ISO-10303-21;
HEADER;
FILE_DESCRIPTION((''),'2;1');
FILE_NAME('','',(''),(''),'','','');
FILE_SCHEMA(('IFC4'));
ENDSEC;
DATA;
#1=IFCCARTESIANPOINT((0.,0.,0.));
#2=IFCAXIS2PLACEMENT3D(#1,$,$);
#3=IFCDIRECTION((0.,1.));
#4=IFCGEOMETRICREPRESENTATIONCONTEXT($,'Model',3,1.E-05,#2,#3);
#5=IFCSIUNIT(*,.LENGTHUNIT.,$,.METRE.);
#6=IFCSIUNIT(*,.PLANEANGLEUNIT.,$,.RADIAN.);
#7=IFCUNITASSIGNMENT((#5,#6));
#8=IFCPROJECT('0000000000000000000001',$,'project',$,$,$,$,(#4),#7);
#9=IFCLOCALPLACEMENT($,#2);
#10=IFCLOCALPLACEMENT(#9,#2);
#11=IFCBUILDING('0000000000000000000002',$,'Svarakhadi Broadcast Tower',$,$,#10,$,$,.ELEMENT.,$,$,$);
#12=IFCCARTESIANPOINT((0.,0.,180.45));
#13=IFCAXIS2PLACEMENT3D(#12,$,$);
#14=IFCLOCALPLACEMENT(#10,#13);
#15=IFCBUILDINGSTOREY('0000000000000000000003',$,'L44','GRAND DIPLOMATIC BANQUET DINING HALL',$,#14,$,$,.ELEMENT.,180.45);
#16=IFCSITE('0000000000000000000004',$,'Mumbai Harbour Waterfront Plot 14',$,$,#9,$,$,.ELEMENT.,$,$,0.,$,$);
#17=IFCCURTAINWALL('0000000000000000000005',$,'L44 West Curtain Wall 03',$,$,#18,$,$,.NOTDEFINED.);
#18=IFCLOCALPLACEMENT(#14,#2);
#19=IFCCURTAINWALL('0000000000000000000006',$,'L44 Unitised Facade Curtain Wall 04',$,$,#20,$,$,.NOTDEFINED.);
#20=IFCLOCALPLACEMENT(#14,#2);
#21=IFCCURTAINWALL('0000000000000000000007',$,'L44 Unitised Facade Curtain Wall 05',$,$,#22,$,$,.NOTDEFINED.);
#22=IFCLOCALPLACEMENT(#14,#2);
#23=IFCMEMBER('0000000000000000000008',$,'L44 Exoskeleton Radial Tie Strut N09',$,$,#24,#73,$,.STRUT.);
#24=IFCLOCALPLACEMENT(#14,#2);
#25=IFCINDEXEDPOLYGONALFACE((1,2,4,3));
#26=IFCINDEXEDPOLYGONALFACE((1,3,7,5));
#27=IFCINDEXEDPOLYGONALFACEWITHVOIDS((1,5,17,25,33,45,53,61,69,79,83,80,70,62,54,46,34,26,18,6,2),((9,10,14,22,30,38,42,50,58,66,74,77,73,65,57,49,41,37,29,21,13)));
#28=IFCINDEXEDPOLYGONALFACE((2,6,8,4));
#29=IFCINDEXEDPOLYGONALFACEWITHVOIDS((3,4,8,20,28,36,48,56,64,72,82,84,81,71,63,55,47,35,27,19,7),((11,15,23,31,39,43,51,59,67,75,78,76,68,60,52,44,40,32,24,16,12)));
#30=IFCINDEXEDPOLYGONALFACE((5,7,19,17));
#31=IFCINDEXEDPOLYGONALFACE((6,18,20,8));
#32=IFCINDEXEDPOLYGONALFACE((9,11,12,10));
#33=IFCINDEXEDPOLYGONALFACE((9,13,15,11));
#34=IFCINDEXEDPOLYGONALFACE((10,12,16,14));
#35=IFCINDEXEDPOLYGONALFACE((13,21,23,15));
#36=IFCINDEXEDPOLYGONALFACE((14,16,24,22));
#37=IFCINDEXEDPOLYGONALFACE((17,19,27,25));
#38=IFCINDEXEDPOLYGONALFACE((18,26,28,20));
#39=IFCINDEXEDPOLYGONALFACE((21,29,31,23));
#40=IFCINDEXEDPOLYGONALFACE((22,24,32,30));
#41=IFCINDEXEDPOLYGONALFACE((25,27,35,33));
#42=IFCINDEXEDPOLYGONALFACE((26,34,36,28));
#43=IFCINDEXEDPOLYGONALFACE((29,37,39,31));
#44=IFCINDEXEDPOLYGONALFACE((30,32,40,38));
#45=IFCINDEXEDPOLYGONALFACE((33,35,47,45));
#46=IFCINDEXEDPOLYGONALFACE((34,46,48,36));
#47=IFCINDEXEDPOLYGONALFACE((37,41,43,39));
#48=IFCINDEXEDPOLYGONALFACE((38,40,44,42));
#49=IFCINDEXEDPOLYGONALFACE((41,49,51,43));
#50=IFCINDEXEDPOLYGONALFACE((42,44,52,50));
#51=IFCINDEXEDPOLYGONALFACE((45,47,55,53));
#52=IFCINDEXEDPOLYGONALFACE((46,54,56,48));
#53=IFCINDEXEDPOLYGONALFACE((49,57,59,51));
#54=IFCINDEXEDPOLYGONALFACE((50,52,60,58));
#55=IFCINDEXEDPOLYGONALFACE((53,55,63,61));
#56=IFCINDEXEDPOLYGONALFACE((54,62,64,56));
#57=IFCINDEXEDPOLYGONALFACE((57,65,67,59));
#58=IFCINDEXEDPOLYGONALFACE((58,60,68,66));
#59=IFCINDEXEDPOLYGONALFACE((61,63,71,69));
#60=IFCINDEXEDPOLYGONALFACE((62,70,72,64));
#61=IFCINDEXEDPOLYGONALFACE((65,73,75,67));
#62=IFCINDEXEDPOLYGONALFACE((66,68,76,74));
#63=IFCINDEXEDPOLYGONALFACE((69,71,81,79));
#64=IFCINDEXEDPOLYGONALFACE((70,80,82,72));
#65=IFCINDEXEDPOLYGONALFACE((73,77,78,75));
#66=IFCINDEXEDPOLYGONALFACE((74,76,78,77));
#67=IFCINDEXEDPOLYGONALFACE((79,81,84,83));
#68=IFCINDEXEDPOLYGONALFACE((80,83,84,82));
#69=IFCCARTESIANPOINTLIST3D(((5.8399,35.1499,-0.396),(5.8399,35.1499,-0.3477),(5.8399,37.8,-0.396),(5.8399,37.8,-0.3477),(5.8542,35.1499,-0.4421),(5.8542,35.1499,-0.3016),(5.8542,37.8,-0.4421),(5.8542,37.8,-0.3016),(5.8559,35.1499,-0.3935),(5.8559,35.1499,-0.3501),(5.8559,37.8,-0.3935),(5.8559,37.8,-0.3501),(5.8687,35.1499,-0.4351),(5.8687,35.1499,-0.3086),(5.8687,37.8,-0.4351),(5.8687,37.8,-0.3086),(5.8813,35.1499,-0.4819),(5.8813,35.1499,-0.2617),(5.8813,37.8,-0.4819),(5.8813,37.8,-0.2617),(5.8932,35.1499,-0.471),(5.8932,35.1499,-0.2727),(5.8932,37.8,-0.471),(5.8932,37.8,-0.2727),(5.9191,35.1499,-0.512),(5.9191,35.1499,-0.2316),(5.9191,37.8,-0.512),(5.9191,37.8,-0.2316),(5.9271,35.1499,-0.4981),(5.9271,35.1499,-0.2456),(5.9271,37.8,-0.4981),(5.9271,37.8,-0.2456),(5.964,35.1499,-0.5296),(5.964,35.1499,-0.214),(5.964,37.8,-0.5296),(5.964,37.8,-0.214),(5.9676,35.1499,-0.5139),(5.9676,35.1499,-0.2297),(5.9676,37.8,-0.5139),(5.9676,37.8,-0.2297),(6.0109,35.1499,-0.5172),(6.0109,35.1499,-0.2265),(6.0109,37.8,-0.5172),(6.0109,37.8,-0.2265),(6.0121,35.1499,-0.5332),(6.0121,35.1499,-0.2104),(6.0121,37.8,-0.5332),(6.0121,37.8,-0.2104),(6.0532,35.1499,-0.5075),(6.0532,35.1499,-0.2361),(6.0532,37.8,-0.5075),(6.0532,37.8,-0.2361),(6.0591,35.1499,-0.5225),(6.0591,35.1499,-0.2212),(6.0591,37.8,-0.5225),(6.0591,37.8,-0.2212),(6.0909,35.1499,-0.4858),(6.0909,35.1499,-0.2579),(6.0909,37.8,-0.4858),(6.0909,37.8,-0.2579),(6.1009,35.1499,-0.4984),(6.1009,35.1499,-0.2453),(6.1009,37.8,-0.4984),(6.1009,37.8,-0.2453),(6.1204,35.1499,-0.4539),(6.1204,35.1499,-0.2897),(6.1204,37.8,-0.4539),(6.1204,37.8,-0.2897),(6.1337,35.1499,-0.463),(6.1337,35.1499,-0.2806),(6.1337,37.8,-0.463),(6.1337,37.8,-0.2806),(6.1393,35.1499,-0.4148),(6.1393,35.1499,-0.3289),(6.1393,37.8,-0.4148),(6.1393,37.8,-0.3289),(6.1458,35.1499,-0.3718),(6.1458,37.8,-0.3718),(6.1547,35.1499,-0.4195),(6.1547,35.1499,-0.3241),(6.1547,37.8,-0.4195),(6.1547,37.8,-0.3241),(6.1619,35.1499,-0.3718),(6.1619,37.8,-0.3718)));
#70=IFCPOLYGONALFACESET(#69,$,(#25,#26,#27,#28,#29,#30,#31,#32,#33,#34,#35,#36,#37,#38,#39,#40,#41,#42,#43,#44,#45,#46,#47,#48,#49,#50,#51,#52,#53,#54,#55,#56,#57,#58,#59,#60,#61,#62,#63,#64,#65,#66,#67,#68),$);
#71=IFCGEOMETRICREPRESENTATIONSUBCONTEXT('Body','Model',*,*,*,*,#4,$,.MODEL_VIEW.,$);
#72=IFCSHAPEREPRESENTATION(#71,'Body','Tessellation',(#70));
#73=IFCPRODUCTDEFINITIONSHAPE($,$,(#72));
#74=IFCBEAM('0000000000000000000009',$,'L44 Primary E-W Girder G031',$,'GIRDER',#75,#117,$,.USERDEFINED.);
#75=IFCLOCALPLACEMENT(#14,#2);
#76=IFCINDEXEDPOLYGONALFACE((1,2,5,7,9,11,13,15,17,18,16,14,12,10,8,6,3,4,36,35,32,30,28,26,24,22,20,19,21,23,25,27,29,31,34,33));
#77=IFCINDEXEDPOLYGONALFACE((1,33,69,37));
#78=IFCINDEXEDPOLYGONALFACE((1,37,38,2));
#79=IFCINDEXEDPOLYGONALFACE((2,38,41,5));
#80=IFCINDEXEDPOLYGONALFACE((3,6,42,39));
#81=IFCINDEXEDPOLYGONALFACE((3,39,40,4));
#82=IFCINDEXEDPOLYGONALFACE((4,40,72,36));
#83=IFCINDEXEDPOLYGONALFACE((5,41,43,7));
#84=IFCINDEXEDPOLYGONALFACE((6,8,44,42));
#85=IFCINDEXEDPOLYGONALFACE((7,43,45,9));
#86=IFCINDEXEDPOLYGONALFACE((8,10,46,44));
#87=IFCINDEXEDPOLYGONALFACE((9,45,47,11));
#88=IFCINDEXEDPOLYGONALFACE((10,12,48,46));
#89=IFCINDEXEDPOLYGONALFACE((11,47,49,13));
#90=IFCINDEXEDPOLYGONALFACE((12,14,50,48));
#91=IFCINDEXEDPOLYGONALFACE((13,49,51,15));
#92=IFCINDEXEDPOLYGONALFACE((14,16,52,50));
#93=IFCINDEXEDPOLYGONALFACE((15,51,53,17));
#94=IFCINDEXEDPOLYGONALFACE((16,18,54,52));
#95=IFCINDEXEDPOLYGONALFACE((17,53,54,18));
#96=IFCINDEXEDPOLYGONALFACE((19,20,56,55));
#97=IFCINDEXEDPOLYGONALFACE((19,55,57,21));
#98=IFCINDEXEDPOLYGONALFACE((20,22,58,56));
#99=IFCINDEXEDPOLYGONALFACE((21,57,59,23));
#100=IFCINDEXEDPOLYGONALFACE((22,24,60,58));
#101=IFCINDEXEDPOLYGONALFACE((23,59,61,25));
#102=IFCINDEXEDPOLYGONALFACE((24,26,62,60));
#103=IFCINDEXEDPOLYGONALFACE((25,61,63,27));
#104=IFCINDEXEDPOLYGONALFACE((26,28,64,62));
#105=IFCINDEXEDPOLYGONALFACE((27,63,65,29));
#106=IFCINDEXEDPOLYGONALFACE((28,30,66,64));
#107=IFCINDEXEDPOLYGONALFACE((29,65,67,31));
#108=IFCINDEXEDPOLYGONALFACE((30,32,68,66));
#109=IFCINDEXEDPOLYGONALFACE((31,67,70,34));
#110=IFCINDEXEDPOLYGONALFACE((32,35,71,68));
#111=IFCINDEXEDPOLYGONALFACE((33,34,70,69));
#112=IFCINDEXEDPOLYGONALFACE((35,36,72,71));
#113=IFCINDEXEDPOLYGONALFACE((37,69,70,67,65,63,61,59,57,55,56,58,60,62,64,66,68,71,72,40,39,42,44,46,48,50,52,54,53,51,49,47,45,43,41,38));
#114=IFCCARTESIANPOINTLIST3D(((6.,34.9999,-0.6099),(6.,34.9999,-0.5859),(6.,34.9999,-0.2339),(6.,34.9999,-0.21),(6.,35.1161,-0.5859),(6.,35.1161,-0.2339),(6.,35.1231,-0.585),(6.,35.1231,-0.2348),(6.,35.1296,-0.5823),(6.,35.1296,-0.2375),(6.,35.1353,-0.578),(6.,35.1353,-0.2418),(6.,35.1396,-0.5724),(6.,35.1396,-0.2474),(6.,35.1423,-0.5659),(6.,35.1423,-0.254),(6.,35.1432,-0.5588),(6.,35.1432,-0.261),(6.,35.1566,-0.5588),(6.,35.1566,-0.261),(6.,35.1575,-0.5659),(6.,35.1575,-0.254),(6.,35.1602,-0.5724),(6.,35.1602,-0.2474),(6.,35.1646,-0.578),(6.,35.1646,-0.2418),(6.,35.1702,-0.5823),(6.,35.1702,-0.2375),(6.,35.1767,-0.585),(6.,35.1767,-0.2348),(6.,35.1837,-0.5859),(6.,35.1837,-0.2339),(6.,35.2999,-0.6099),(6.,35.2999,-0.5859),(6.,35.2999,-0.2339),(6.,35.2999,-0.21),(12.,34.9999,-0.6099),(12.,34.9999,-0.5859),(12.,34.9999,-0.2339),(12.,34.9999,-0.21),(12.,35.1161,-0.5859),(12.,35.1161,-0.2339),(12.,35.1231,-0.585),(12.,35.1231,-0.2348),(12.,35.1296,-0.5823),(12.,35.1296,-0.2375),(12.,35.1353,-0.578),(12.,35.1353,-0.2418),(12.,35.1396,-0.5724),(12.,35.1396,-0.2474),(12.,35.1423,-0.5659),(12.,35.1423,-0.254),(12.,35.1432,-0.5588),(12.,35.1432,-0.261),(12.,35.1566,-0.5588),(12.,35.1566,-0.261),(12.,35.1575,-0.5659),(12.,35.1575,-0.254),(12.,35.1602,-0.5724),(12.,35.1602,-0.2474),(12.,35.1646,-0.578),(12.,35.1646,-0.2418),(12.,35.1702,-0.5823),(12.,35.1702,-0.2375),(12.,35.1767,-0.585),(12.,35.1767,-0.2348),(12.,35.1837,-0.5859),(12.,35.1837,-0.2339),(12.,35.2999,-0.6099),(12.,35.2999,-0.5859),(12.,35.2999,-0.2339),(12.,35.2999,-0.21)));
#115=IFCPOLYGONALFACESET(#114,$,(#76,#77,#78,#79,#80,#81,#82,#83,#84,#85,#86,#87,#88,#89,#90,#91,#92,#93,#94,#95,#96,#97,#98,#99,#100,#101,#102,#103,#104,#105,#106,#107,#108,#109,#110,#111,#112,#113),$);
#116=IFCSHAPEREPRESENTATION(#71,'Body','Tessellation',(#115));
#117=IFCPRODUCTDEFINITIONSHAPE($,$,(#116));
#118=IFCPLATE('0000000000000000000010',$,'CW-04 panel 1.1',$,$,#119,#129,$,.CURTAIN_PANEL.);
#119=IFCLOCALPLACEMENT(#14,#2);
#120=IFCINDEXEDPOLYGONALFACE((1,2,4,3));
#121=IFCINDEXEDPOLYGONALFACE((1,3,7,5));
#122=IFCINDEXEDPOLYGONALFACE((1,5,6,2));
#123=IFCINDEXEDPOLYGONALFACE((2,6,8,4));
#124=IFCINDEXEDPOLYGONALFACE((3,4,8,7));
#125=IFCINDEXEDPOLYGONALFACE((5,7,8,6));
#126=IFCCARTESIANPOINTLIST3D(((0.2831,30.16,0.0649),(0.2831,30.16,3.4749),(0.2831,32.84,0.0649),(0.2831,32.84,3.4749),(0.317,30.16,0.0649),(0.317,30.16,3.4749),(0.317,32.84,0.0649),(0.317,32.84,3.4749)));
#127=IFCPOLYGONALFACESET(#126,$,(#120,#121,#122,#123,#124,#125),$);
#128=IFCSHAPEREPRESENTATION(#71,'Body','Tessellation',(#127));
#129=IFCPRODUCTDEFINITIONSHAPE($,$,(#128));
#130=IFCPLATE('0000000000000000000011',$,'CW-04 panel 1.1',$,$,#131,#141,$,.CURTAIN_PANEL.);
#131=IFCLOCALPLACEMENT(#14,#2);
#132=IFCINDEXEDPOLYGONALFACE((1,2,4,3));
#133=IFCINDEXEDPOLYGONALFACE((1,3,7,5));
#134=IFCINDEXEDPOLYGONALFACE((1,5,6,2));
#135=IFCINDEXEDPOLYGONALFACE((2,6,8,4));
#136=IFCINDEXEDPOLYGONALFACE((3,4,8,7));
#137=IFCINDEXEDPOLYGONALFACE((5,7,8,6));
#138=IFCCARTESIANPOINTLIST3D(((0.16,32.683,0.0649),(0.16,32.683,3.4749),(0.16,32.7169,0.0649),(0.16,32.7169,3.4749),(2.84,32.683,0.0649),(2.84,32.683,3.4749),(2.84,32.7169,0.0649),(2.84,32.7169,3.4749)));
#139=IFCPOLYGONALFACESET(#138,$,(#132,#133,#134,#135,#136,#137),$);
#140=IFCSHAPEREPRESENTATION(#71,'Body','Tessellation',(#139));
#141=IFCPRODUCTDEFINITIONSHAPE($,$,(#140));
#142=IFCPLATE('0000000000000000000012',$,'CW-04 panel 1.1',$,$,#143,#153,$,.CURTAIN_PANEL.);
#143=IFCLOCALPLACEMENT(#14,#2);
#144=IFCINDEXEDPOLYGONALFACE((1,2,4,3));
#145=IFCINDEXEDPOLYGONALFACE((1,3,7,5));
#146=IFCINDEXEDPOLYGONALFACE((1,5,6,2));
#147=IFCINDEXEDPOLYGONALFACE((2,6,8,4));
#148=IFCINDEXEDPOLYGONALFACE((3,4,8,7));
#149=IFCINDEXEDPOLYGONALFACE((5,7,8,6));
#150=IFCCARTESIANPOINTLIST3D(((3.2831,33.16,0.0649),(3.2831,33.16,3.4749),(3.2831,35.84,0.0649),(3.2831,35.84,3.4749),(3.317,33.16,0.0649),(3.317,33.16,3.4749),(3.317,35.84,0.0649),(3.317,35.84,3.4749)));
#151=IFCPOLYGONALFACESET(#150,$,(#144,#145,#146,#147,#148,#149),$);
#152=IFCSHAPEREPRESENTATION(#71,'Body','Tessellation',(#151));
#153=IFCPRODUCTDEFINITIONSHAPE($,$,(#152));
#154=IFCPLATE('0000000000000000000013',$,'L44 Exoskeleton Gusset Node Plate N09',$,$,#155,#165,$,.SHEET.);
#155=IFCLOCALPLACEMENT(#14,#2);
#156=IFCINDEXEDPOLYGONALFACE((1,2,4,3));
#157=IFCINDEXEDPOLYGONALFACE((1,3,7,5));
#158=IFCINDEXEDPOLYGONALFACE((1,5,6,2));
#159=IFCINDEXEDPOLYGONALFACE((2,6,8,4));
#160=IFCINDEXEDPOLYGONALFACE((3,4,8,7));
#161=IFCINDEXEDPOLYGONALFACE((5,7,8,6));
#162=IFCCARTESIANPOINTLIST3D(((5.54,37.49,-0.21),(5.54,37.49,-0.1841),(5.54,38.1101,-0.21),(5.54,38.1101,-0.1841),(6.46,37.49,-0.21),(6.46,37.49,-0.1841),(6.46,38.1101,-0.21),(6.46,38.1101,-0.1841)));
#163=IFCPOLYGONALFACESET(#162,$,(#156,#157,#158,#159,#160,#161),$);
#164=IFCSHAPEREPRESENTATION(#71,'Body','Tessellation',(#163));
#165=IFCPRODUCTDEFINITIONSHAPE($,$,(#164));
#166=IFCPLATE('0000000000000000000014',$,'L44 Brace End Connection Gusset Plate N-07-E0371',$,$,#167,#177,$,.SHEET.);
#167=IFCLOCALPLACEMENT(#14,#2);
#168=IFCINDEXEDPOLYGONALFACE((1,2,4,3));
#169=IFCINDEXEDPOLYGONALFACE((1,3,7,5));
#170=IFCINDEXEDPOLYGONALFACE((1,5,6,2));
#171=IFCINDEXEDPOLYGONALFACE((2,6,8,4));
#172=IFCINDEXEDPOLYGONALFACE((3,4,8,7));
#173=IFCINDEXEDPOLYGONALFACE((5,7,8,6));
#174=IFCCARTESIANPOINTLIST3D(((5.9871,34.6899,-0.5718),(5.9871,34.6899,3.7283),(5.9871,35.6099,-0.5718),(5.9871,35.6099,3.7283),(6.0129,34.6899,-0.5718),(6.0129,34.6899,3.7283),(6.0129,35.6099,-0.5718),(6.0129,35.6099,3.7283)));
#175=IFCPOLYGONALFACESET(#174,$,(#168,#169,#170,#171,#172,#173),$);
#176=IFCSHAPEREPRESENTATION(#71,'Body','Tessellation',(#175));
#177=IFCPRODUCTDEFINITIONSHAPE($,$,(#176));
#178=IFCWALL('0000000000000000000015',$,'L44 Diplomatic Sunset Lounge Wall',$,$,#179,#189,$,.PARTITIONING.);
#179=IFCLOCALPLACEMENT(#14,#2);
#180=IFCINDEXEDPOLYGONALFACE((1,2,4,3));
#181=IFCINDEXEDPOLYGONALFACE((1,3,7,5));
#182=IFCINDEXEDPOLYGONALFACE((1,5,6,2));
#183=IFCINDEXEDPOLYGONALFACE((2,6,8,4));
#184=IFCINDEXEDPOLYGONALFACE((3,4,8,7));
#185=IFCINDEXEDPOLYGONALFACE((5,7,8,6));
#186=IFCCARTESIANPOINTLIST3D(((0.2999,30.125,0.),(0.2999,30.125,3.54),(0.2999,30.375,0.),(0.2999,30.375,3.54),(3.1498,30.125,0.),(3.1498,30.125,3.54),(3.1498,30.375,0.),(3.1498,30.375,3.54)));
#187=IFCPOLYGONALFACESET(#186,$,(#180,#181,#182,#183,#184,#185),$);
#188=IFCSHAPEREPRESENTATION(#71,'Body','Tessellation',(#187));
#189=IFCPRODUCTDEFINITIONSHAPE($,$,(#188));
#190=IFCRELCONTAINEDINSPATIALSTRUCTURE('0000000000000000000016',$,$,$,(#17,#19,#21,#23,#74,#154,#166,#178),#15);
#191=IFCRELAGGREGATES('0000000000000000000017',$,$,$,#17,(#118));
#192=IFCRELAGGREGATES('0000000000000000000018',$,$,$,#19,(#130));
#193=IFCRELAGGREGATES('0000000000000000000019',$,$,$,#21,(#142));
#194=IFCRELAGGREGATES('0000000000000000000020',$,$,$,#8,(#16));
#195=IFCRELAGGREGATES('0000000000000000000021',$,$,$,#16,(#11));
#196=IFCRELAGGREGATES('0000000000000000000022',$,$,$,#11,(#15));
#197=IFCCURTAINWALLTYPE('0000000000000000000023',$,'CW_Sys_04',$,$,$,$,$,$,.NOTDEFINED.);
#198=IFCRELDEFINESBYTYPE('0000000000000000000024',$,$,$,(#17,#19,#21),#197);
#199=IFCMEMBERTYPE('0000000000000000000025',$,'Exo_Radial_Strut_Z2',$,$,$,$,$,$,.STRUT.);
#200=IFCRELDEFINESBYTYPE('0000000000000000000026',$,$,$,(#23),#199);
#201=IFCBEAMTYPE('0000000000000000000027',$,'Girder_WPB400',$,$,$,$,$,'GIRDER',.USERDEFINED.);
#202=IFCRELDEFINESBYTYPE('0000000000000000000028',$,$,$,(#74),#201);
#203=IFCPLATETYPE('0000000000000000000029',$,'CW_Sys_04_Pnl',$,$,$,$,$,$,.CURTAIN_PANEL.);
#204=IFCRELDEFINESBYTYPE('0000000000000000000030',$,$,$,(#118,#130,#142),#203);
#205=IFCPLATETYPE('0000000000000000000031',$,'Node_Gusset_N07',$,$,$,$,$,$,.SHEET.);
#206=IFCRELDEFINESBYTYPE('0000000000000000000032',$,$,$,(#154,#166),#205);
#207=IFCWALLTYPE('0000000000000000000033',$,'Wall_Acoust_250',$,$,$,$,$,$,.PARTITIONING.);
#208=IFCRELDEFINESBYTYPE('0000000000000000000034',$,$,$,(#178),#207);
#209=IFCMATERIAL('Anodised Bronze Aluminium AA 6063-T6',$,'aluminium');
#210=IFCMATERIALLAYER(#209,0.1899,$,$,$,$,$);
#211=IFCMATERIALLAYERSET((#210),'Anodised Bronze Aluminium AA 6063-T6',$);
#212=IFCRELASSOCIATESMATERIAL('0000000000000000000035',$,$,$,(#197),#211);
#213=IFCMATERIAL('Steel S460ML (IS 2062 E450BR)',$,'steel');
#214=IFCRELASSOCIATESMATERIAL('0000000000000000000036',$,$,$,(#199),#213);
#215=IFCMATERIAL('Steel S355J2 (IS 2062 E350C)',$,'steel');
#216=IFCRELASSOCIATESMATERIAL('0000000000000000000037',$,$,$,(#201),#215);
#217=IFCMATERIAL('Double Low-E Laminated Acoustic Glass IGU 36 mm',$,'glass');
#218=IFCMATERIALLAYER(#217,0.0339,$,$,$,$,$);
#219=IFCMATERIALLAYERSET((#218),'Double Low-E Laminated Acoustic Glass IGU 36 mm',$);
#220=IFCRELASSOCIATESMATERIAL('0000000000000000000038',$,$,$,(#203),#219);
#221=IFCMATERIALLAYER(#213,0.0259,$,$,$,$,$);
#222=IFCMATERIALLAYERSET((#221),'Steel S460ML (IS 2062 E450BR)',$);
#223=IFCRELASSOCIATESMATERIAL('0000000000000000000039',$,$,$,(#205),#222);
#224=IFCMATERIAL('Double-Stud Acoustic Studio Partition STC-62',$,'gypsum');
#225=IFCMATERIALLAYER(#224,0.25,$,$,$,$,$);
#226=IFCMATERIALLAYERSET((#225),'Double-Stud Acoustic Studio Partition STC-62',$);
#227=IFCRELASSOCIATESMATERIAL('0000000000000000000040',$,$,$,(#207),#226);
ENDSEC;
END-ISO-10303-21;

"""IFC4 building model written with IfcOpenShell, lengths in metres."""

from ifc_helpers import new_model, si_unit, direction, frame, frame_2d, origin, origin_2d, place, context, subcontext, project, spatial, rectangle, hollow_circle, i_section, extrude, material, layer, layer_set, material_profile, profile_set, type_object, element, aggregate, save


model = new_model("IFC4")

# Units and contexts
model_context = context("Model", 3, precision=1e-05, world=origin(), true_north=direction((0.0, 1.0)))
body_context = subcontext(model_context, "Body", "Model", "MODEL_VIEW")
ifc_project = project(units=[si_unit("LENGTHUNIT", "METRE"), si_unit("PLANEANGLEUNIT", "RADIAN")], contexts=[model_context])

# Site, building, storey
site_placement = place(None, origin())
site = spatial("IfcSite", under=ifc_project, at=site_placement, Name="Mumbai Harbour Waterfront Plot 14", CompositionType="ELEMENT", RefElevation=0.0)
building_placement = place(site_placement, origin())
building = spatial("IfcBuilding", under=site, at=building_placement, Name="Svarakhadi Broadcast Tower", CompositionType="ELEMENT")
storey_placement = place(building_placement, frame((0.0, 0.0, 180.45)))
storey = spatial("IfcBuildingStorey", under=building, at=storey_placement, Name="L44", Description="GRAND DIPLOMATIC BANQUET DINING HALL", CompositionType="ELEMENT", Elevation=180.45)

# Shared definitions
ifc_material_1 = material(Name="Steel S460ML (IS 2062 E450BR)", Category="steel")

# Curtain wall
ifc_material_2 = material(Name="Anodised Bronze Aluminium AA 6063-T6", Category="aluminium")
ifc_layer_1 = layer(ifc_material_2, 0.1899)
ifc_layer_set_1 = layer_set([ifc_layer_1], Name="Anodised Bronze Aluminium AA 6063-T6")
curtain_wall_type = type_object("IfcCurtainWallType", Name="CW_Sys_04", PredefinedType="NOTDEFINED", material=ifc_layer_set_1)
curtain_wall_1_placement = place(storey_placement, origin())
curtain_wall_1 = element("IfcCurtainWall", 1, at=curtain_wall_1_placement, inside=storey, type_object=curtain_wall_type, Name="L44 West Curtain Wall 03", PredefinedType="NOTDEFINED")

# Curtain walls
curtain_wall_2_placement = place(storey_placement, origin())
curtain_wall_2 = element("IfcCurtainWall", 2, at=curtain_wall_2_placement, inside=storey, type_object=curtain_wall_type, Name="L44 Unitised Facade Curtain Wall 04", PredefinedType="NOTDEFINED")
curtain_wall_3_placement = place(storey_placement, origin())
curtain_wall_3 = element("IfcCurtainWall", 3, at=curtain_wall_3_placement, inside=storey, type_object=curtain_wall_type, Name="L44 Unitised Facade Curtain Wall 05", PredefinedType="NOTDEFINED")

# Member
ifc_material_profile_1 = material_profile(ifc_material_1, hollow_circle(Radius=0.1619, WallThickness=0.0161, at=origin_2d()), Name="CHS 323.9x16")
ifc_profile_set_1 = profile_set([ifc_material_profile_1], Name="Steel S460ML (IS 2062 E450BR)")
member_type_1 = type_object("IfcMemberType", Name="Exo_Radial_Strut_Z2", PredefinedType="STRUT", material=ifc_profile_set_1)
member_1_placement = place(storey_placement, frame((6.0, 37.8, -0.3718), z_axis=(0.0, -1.0, 0.0), x_axis=(1.0, 0.0, 0.0)))
element("IfcMember", 4, at=member_1_placement, inside=storey, type_object=member_type_1, Name="L44 Exoskeleton Radial Tie Strut N09", PredefinedType="STRUT", context=body_context, shape_type="SweptSolid", body=[
    extrude(hollow_circle(Radius=0.1619, WallThickness=0.0161, at=origin_2d()), origin(), (0.0, 0.0, 1.0), 2.6501),
])

# Beam
ifc_material_3 = material(Name="Steel S355J2 (IS 2062 E350C)", Category="steel")
ifc_material_profile_2 = material_profile(ifc_material_3, i_section(OverallWidth=0.3, OverallDepth=0.3999, WebThickness=0.0134, FlangeThickness=0.0239, FilletRadius=0.0271, at=origin_2d()), Name="WPB 400x300x155")
ifc_profile_set_2 = profile_set([ifc_material_profile_2], Name="Steel S355J2 (IS 2062 E350C)")
beam_type = type_object("IfcBeamType", Name="Girder_WPB400", ElementType="GIRDER", PredefinedType="USERDEFINED", material=ifc_profile_set_2)
beam_placement = place(storey_placement, frame((6.0, 35.1499, -0.4099), z_axis=(1.0, 0.0, 0.0), x_axis=(0.0, 1.0, 0.0)))
element("IfcBeam", 5, at=beam_placement, inside=storey, type_object=beam_type, Name="L44 Primary E-W Girder G031", ObjectType="GIRDER", PredefinedType="USERDEFINED", context=body_context, shape_type="SweptSolid", body=[
    extrude(i_section(OverallWidth=0.3, OverallDepth=0.3999, WebThickness=0.0134, FlangeThickness=0.0239, FilletRadius=0.0271, at=origin_2d()), origin(), (0.0, 0.0, 1.0), 6.0),
])

# Plates
ifc_material_4 = material(Name="Double Low-E Laminated Acoustic Glass IGU 36 mm", Category="glass")
ifc_layer_2 = layer(ifc_material_4, 0.0339)
ifc_layer_set_2 = layer_set([ifc_layer_2], Name="Double Low-E Laminated Acoustic Glass IGU 36 mm")
plate_type_1 = type_object("IfcPlateType", Name="CW_Sys_04_Pnl", PredefinedType="CURTAIN_PANEL", material=ifc_layer_set_2)
plate_1_placement = place(storey_placement, frame((0.3, 31.5, 0.0649), z_axis=(0.0, 0.0, 1.0), x_axis=(0.0, 1.0, 0.0)))
plate_1 = element("IfcPlate", 6, at=plate_1_placement, type_object=plate_type_1, Name="CW-04 panel 1.1", PredefinedType="CURTAIN_PANEL", context=body_context, shape_type="SweptSolid", body=[
    extrude(rectangle(XDim=2.6799, YDim=0.0339, at=origin_2d()), origin(), (0.0, 0.0, 1.0), 3.4099),
])
aggregate(curtain_wall_1, [plate_1])
plate_2_placement = place(storey_placement, frame((1.5, 32.7, 0.0649), z_axis=(0.0, 0.0, 1.0), x_axis=(1.0, 0.0, 0.0)))
plate_2 = element("IfcPlate", 7, at=plate_2_placement, type_object=plate_type_1, Name="CW-04 panel 1.1", PredefinedType="CURTAIN_PANEL", context=body_context, shape_type="SweptSolid", body=[
    extrude(rectangle(XDim=2.6799, YDim=0.0339, at=origin_2d()), origin(), (0.0, 0.0, 1.0), 3.4099),
])
aggregate(curtain_wall_2, [plate_2])
plate_3_placement = place(storey_placement, frame((3.3, 34.5, 0.0649), z_axis=(0.0, 0.0, 1.0), x_axis=(0.0, 1.0, 0.0)))
plate_3 = element("IfcPlate", 8, at=plate_3_placement, type_object=plate_type_1, Name="CW-04 panel 1.1", PredefinedType="CURTAIN_PANEL", context=body_context, shape_type="SweptSolid", body=[
    extrude(rectangle(XDim=2.6799, YDim=0.0339, at=origin_2d()), origin(), (0.0, 0.0, 1.0), 3.4099),
])
aggregate(curtain_wall_3, [plate_3])

# Plates
ifc_layer_3 = layer(ifc_material_1, 0.0259)
ifc_layer_set_3 = layer_set([ifc_layer_3], Name="Steel S460ML (IS 2062 E450BR)")
plate_type_2 = type_object("IfcPlateType", Name="Node_Gusset_N07", PredefinedType="SHEET", material=ifc_layer_set_3)
plate_4_placement = place(storey_placement, frame((6.0, 37.8, -0.21), z_axis=(0.0, 0.0, 1.0), x_axis=(1.0, 0.0, 0.0)))
element("IfcPlate", 9, at=plate_4_placement, inside=storey, type_object=plate_type_2, Name="L44 Exoskeleton Gusset Node Plate N09", PredefinedType="SHEET", context=body_context, shape_type="SweptSolid", body=[
    extrude(rectangle(XDim=0.9199, YDim=0.6201, at=origin_2d()), origin(), (0.0, 0.0, 1.0), 0.0259),
])
plate_5_placement = place(storey_placement, frame((6.0, 35.1499, -0.5718), z_axis=(0.0, 0.0, 1.0), x_axis=(0.0, 1.0, 0.0)))
element("IfcPlate", 10, at=plate_5_placement, inside=storey, type_object=plate_type_2, Name="L44 Brace End Connection Gusset Plate N-07-E0371", PredefinedType="SHEET", context=body_context, shape_type="SweptSolid", body=[
    extrude(rectangle(XDim=0.9199, YDim=0.0259, at=origin_2d()), origin(), (0.0, 0.0, 1.0), 4.3),
])

# Wall
ifc_material_5 = material(Name="Double-Stud Acoustic Studio Partition STC-62", Category="gypsum")
ifc_layer_4 = layer(ifc_material_5, 0.25)
ifc_layer_set_4 = layer_set([ifc_layer_4], Name="Double-Stud Acoustic Studio Partition STC-62")
wall_type = type_object("IfcWallType", Name="Wall_Acoust_250", PredefinedType="PARTITIONING", material=ifc_layer_set_4)
wall_1_placement = place(storey_placement, frame((0.3, 30.25, 0.0), z_axis=(0.0, 0.0, 1.0), x_axis=(1.0, 0.0, 0.0)))
element("IfcWall", 11, at=wall_1_placement, inside=storey, type_object=wall_type, Name="L44 Diplomatic Sunset Lounge Wall", PredefinedType="PARTITIONING", context=body_context, shape_type="SweptSolid", body=[
    extrude(rectangle(XDim=2.8499, YDim=0.25, at=frame_2d((1.4248, 0.0))), origin(), (0.0, 0.0, 1.0), 3.54),
])

save(model, "model.ifc")
